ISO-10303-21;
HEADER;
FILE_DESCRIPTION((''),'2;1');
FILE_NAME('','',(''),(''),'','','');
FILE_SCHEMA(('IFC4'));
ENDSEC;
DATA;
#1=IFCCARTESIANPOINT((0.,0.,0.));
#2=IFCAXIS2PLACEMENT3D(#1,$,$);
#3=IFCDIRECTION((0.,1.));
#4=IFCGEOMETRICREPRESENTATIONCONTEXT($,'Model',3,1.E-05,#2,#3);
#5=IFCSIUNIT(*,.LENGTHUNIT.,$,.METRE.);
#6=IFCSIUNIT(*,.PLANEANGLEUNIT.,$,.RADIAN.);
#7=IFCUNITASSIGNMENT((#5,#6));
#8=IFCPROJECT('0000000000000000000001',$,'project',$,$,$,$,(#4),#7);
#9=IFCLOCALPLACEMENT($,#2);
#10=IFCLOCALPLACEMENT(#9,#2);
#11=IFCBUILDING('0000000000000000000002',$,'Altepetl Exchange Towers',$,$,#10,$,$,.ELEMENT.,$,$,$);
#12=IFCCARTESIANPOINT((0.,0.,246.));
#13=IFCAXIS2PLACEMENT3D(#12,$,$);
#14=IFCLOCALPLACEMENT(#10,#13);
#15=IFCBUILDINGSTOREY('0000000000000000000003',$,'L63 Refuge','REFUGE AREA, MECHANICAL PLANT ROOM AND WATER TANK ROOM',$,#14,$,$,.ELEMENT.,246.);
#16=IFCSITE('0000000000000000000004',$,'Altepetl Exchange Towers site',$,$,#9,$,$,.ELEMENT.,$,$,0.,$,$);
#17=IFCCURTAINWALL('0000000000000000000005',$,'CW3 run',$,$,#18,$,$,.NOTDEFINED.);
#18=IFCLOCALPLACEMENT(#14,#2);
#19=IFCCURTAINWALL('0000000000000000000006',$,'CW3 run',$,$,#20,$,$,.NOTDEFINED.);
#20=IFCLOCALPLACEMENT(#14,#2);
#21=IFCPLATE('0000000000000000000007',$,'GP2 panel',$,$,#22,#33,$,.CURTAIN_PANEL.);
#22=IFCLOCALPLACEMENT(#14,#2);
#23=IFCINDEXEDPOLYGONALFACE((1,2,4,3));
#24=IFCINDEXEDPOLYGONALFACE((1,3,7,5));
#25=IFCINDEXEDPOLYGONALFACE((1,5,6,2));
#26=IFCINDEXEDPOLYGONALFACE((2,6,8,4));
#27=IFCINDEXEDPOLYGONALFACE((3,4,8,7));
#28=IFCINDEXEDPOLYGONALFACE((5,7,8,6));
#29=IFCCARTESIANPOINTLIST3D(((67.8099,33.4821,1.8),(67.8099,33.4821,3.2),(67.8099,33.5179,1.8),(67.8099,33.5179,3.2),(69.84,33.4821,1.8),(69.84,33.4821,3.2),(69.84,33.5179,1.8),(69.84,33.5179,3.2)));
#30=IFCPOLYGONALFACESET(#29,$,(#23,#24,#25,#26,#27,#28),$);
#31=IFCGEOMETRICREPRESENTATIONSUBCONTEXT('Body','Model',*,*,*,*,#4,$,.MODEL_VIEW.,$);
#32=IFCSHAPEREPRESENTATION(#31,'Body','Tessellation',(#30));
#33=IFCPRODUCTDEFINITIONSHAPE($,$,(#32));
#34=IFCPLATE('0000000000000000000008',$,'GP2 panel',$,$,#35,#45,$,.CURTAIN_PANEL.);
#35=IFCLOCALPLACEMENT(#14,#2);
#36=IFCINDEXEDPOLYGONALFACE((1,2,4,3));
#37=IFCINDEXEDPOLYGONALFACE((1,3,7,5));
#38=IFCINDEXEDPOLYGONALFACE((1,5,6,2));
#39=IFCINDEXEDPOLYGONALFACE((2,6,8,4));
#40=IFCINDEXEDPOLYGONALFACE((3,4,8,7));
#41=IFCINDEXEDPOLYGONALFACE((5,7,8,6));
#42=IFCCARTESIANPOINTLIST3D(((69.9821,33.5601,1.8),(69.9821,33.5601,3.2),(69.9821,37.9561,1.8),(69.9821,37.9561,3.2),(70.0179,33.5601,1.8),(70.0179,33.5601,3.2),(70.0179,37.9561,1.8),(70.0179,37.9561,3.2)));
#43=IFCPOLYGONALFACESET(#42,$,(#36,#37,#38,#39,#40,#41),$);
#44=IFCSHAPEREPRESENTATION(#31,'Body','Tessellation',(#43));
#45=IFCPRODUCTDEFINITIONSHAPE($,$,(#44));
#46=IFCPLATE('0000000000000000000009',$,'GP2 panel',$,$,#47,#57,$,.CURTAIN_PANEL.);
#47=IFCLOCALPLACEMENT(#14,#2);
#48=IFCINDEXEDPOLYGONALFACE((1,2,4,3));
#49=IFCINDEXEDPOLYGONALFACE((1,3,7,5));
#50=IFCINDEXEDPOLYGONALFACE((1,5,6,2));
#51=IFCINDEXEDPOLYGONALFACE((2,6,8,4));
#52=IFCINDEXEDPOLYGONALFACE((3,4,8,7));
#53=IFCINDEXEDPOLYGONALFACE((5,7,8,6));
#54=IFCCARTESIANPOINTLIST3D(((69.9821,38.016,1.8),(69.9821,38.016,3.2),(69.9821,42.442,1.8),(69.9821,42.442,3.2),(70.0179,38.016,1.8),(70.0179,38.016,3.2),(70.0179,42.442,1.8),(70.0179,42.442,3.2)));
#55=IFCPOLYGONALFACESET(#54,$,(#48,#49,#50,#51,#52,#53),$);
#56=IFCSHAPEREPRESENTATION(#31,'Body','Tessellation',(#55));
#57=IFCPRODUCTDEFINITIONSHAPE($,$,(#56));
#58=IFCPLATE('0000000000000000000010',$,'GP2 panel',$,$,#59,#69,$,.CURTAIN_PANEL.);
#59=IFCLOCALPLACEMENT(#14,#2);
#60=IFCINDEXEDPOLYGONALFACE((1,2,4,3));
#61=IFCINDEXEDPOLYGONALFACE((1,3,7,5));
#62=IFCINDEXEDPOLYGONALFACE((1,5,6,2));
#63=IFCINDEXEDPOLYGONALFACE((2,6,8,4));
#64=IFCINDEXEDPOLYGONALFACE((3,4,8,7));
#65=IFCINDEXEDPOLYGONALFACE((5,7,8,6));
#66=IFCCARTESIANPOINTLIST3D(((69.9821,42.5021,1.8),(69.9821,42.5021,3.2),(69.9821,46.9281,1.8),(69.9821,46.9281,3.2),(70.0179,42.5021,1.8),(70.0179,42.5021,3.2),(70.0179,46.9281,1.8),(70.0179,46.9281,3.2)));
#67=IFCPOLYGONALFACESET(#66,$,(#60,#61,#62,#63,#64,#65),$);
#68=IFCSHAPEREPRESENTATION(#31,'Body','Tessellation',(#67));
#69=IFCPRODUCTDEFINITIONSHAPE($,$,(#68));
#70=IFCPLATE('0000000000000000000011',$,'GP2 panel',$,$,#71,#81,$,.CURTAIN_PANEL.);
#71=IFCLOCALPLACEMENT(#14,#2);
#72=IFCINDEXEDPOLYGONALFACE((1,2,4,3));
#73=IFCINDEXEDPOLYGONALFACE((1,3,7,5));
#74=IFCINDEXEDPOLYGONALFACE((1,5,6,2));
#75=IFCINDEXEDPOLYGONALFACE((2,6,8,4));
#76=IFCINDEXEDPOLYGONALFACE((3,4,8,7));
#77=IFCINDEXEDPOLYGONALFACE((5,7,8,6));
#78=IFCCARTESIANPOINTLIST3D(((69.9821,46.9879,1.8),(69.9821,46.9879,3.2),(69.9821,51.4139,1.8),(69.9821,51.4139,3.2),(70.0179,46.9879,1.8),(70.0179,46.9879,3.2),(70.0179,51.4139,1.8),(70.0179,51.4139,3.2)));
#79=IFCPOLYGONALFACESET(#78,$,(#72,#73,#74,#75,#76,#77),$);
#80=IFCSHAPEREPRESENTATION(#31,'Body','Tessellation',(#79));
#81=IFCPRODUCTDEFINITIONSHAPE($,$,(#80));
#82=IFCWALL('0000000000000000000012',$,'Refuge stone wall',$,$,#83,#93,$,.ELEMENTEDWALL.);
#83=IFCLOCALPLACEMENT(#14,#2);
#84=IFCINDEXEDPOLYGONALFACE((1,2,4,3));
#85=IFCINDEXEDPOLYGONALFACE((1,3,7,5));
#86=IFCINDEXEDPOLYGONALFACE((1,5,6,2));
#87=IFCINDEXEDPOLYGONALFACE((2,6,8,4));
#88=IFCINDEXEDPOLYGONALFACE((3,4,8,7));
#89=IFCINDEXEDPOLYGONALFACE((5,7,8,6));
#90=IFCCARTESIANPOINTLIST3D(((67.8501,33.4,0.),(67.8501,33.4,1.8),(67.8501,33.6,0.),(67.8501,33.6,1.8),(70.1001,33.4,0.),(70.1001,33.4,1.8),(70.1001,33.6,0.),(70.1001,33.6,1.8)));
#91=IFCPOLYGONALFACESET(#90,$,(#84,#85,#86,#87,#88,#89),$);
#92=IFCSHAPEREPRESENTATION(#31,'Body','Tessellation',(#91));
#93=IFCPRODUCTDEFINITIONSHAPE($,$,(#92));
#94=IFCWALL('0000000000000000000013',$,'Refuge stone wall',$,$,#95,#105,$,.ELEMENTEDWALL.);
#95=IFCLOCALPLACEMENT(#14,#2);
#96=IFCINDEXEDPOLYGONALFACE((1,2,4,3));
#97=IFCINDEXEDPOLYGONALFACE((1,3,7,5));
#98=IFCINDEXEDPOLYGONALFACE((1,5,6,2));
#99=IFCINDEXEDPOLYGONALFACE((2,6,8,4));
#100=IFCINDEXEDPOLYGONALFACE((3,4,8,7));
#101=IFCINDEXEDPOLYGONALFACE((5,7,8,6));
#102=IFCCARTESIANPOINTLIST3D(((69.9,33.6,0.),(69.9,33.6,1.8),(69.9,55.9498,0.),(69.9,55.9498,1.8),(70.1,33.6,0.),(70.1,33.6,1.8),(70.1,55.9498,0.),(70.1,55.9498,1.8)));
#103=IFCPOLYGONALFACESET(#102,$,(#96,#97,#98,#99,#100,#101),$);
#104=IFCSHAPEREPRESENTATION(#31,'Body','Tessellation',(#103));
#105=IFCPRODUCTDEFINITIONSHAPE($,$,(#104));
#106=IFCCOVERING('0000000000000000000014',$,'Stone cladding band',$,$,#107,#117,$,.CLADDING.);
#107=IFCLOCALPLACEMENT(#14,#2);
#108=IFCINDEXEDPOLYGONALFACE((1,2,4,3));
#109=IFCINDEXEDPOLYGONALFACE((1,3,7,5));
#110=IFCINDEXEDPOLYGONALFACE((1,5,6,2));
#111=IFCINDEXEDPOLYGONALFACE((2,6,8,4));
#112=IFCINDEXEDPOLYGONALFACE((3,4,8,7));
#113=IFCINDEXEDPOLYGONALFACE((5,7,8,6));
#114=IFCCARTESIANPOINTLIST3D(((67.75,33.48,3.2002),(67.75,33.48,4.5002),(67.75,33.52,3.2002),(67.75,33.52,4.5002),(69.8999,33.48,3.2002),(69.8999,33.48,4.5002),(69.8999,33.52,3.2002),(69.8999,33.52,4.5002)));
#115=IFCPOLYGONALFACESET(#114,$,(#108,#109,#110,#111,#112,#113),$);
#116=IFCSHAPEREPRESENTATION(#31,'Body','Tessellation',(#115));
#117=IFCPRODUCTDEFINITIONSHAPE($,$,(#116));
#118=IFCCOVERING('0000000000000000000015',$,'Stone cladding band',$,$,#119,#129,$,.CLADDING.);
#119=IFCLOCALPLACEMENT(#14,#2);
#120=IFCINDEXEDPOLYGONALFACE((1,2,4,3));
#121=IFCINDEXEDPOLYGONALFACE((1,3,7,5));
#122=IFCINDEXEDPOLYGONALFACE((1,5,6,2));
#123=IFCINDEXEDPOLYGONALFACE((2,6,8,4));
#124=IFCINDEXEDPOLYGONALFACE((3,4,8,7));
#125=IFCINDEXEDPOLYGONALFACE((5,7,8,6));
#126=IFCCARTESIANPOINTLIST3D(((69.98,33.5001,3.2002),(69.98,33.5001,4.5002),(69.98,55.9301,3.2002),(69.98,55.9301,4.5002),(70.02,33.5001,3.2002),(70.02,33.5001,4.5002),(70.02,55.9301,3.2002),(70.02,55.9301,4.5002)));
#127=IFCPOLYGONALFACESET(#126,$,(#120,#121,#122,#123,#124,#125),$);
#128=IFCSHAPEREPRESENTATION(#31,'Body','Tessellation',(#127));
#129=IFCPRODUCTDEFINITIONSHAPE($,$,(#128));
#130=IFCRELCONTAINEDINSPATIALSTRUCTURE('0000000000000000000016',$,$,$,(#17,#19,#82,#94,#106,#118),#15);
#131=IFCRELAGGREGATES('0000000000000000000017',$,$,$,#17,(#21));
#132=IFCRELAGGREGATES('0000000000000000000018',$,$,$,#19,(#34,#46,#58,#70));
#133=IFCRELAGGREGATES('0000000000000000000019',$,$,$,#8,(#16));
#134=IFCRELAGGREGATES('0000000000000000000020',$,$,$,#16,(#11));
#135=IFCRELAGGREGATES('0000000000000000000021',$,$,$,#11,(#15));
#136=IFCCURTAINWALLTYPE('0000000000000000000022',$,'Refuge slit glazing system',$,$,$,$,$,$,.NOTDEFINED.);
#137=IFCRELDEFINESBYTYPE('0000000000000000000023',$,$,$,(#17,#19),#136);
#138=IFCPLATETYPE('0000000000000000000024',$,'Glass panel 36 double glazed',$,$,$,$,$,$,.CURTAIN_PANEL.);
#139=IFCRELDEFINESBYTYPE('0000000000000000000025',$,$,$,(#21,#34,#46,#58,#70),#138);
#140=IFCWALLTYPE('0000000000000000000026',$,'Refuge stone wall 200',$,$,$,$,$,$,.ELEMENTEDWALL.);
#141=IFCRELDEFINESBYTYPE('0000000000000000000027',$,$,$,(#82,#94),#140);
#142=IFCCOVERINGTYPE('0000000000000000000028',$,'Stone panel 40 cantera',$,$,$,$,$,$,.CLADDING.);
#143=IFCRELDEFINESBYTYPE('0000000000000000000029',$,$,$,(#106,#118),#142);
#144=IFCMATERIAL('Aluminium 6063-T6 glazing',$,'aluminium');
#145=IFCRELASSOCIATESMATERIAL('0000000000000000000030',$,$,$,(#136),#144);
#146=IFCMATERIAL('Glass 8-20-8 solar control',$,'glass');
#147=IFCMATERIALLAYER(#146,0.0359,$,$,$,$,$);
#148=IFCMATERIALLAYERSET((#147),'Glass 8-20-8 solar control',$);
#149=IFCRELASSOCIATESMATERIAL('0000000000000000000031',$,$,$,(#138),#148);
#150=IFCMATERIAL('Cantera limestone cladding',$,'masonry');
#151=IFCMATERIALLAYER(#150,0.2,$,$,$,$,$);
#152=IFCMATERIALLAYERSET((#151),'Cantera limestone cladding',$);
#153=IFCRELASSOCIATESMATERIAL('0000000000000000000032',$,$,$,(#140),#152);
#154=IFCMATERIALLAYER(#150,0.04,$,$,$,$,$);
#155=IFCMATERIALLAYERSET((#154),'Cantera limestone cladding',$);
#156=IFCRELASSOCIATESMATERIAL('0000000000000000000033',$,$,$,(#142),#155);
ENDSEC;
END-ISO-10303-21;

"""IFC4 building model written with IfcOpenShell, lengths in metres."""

from ifc_helpers import new_model, si_unit, direction, frame, frame_2d, origin, origin_2d, place, context, subcontext, project, spatial, rectangle, extrude, material, layer, layer_set, type_object, element, aggregate, save


model = new_model("IFC4")

# Units and contexts
model_context = context("Model", 3, precision=1e-05, world=origin(), true_north=direction((0.0, 1.0)))
body_context = subcontext(model_context, "Body", "Model", "MODEL_VIEW")
ifc_project = project(units=[si_unit("LENGTHUNIT", "METRE"), si_unit("PLANEANGLEUNIT", "RADIAN")], contexts=[model_context])

# Site, building, storey
site_placement = place(None, origin())
site = spatial("IfcSite", under=ifc_project, at=site_placement, Name="Altepetl Exchange Towers site", CompositionType="ELEMENT", RefElevation=0.0)
building_placement = place(site_placement, origin())
building = spatial("IfcBuilding", under=site, at=building_placement, Name="Altepetl Exchange Towers", CompositionType="ELEMENT")
storey_placement = place(building_placement, frame((0.0, 0.0, 246.0)))
storey = spatial("IfcBuildingStorey", under=building, at=storey_placement, Name="L63 Refuge", Description="REFUGE AREA, MECHANICAL PLANT ROOM AND WATER TANK ROOM", CompositionType="ELEMENT", Elevation=246.0)

# Curtain walls
ifc_material_1 = material(Name="Aluminium 6063-T6 glazing", Category="aluminium")
curtain_wall_type = type_object("IfcCurtainWallType", Name="Refuge slit glazing system", PredefinedType="NOTDEFINED", material=ifc_material_1)
curtain_wall_1_placement = place(storey_placement, origin())
curtain_wall_1 = element("IfcCurtainWall", 1, at=curtain_wall_1_placement, inside=storey, type_object=curtain_wall_type, Name="CW3 run", PredefinedType="NOTDEFINED")
curtain_wall_2_placement = place(storey_placement, origin())
curtain_wall_2 = element("IfcCurtainWall", 2, at=curtain_wall_2_placement, inside=storey, type_object=curtain_wall_type, Name="CW3 run", PredefinedType="NOTDEFINED")

# Plates
ifc_material_2 = material(Name="Glass 8-20-8 solar control", Category="glass")
ifc_layer_1 = layer(ifc_material_2, 0.0359)
ifc_layer_set_1 = layer_set([ifc_layer_1], Name="Glass 8-20-8 solar control")
plate_type = type_object("IfcPlateType", Name="Glass panel 36 double glazed", PredefinedType="CURTAIN_PANEL", material=ifc_layer_set_1)
plate_1_placement = place(storey_placement, frame((68.825, 33.5, 1.8)))
plate_1 = element("IfcPlate", 3, at=plate_1_placement, type_object=plate_type, Name="GP2 panel", PredefinedType="CURTAIN_PANEL", context=body_context, shape_type="SweptSolid", body=[
    extrude(rectangle(XDim=2.03, YDim=0.0359, at=origin_2d()), origin(), (0.0, 0.0, 1.0), 1.3999),
])
aggregate(curtain_wall_1, [plate_1])
plate_2_placement = place(storey_placement, frame((70.0, 35.7581, 1.8), z_axis=(0.0, 0.0, 1.0), x_axis=(0.0, 1.0, 0.0)))
plate_2 = element("IfcPlate", 4, at=plate_2_placement, type_object=plate_type, Name="GP2 panel", PredefinedType="CURTAIN_PANEL", context=body_context, shape_type="SweptSolid", body=[
    extrude(rectangle(XDim=4.396, YDim=0.0359, at=origin_2d()), origin(), (0.0, 0.0, 1.0), 1.3999),
])
plate_3_placement = place(storey_placement, frame((70.0, 40.229, 1.8), z_axis=(0.0, 0.0, 1.0), x_axis=(0.0, 1.0, 0.0)))
plate_3 = element("IfcPlate", 5, at=plate_3_placement, type_object=plate_type, Name="GP2 panel", PredefinedType="CURTAIN_PANEL", context=body_context, shape_type="SweptSolid", body=[
    extrude(rectangle(XDim=4.426, YDim=0.0359, at=origin_2d()), origin(), (0.0, 0.0, 1.0), 1.3999),
])
plate_4_placement = place(storey_placement, frame((70.0, 44.7151, 1.8), z_axis=(0.0, 0.0, 1.0), x_axis=(0.0, 1.0, 0.0)))
plate_4 = element("IfcPlate", 6, at=plate_4_placement, type_object=plate_type, Name="GP2 panel", PredefinedType="CURTAIN_PANEL", context=body_context, shape_type="SweptSolid", body=[
    extrude(rectangle(XDim=4.426, YDim=0.0359, at=origin_2d()), origin(), (0.0, 0.0, 1.0), 1.3999),
])
plate_5_placement = place(storey_placement, frame((70.0, 49.2009, 1.8), z_axis=(0.0, 0.0, 1.0), x_axis=(0.0, 1.0, 0.0)))
plate_5 = element("IfcPlate", 7, at=plate_5_placement, type_object=plate_type, Name="GP2 panel", PredefinedType="CURTAIN_PANEL", context=body_context, shape_type="SweptSolid", body=[
    extrude(rectangle(XDim=4.426, YDim=0.0359, at=origin_2d()), origin(), (0.0, 0.0, 1.0), 1.3999),
])
aggregate(curtain_wall_2, [plate_2, plate_3, plate_4, plate_5])

# Walls
ifc_material_3 = material(Name="Cantera limestone cladding", Category="masonry")
ifc_layer_2 = layer(ifc_material_3, 0.2)
ifc_layer_set_2 = layer_set([ifc_layer_2], Name="Cantera limestone cladding")
wall_type = type_object("IfcWallType", Name="Refuge stone wall 200", PredefinedType="ELEMENTEDWALL", material=ifc_layer_set_2)
wall_1_placement = place(storey_placement, frame((67.8501, 33.5, 0.0)))
element("IfcWall", 8, at=wall_1_placement, inside=storey, type_object=wall_type, Name="Refuge stone wall", PredefinedType="ELEMENTEDWALL", context=body_context, shape_type="SweptSolid", body=[
    extrude(rectangle(XDim=2.25, YDim=0.2, at=frame_2d((1.125, 0.0))), origin(), (0.0, 0.0, 1.0), 1.8),
])
wall_2_placement = place(storey_placement, frame((70.0, 33.6001, 0.0), z_axis=(0.0, 0.0, 1.0), x_axis=(0.0, 1.0, 0.0)))
element("IfcWall", 9, at=wall_2_placement, inside=storey, type_object=wall_type, Name="Refuge stone wall", PredefinedType="ELEMENTEDWALL", context=body_context, shape_type="SweptSolid", body=[
    extrude(rectangle(XDim=22.3499, YDim=0.2, at=frame_2d((11.1748, 0.0))), origin(), (0.0, 0.0, 1.0), 1.8),
])

# Coverings
ifc_layer_3 = layer(ifc_material_3, 0.04)
ifc_layer_set_3 = layer_set([ifc_layer_3], Name="Cantera limestone cladding")
covering_type = type_object("IfcCoveringType", Name="Stone panel 40 cantera", PredefinedType="CLADDING", material=ifc_layer_set_3)
covering_1_placement = place(storey_placement, frame((68.825, 33.5, 3.2002)))
element("IfcCovering", 10, at=covering_1_placement, inside=storey, type_object=covering_type, Name="Stone cladding band", PredefinedType="CLADDING", context=body_context, shape_type="SweptSolid", body=[
    extrude(rectangle(XDim=2.1499, YDim=0.04, at=origin_2d()), origin(), (0.0, 0.0, 1.0), 1.3),
])
covering_2_placement = place(storey_placement, frame((70.0, 44.7151, 3.2002), z_axis=(0.0, 0.0, 1.0), x_axis=(0.0, 1.0, 0.0)))
element("IfcCovering", 11, at=covering_2_placement, inside=storey, type_object=covering_type, Name="Stone cladding band", PredefinedType="CLADDING", context=body_context, shape_type="SweptSolid", body=[
    extrude(rectangle(XDim=22.4299, YDim=0.04, at=origin_2d()), origin(), (0.0, 0.0, 1.0), 1.3),
])

save(model, "model.ifc")
